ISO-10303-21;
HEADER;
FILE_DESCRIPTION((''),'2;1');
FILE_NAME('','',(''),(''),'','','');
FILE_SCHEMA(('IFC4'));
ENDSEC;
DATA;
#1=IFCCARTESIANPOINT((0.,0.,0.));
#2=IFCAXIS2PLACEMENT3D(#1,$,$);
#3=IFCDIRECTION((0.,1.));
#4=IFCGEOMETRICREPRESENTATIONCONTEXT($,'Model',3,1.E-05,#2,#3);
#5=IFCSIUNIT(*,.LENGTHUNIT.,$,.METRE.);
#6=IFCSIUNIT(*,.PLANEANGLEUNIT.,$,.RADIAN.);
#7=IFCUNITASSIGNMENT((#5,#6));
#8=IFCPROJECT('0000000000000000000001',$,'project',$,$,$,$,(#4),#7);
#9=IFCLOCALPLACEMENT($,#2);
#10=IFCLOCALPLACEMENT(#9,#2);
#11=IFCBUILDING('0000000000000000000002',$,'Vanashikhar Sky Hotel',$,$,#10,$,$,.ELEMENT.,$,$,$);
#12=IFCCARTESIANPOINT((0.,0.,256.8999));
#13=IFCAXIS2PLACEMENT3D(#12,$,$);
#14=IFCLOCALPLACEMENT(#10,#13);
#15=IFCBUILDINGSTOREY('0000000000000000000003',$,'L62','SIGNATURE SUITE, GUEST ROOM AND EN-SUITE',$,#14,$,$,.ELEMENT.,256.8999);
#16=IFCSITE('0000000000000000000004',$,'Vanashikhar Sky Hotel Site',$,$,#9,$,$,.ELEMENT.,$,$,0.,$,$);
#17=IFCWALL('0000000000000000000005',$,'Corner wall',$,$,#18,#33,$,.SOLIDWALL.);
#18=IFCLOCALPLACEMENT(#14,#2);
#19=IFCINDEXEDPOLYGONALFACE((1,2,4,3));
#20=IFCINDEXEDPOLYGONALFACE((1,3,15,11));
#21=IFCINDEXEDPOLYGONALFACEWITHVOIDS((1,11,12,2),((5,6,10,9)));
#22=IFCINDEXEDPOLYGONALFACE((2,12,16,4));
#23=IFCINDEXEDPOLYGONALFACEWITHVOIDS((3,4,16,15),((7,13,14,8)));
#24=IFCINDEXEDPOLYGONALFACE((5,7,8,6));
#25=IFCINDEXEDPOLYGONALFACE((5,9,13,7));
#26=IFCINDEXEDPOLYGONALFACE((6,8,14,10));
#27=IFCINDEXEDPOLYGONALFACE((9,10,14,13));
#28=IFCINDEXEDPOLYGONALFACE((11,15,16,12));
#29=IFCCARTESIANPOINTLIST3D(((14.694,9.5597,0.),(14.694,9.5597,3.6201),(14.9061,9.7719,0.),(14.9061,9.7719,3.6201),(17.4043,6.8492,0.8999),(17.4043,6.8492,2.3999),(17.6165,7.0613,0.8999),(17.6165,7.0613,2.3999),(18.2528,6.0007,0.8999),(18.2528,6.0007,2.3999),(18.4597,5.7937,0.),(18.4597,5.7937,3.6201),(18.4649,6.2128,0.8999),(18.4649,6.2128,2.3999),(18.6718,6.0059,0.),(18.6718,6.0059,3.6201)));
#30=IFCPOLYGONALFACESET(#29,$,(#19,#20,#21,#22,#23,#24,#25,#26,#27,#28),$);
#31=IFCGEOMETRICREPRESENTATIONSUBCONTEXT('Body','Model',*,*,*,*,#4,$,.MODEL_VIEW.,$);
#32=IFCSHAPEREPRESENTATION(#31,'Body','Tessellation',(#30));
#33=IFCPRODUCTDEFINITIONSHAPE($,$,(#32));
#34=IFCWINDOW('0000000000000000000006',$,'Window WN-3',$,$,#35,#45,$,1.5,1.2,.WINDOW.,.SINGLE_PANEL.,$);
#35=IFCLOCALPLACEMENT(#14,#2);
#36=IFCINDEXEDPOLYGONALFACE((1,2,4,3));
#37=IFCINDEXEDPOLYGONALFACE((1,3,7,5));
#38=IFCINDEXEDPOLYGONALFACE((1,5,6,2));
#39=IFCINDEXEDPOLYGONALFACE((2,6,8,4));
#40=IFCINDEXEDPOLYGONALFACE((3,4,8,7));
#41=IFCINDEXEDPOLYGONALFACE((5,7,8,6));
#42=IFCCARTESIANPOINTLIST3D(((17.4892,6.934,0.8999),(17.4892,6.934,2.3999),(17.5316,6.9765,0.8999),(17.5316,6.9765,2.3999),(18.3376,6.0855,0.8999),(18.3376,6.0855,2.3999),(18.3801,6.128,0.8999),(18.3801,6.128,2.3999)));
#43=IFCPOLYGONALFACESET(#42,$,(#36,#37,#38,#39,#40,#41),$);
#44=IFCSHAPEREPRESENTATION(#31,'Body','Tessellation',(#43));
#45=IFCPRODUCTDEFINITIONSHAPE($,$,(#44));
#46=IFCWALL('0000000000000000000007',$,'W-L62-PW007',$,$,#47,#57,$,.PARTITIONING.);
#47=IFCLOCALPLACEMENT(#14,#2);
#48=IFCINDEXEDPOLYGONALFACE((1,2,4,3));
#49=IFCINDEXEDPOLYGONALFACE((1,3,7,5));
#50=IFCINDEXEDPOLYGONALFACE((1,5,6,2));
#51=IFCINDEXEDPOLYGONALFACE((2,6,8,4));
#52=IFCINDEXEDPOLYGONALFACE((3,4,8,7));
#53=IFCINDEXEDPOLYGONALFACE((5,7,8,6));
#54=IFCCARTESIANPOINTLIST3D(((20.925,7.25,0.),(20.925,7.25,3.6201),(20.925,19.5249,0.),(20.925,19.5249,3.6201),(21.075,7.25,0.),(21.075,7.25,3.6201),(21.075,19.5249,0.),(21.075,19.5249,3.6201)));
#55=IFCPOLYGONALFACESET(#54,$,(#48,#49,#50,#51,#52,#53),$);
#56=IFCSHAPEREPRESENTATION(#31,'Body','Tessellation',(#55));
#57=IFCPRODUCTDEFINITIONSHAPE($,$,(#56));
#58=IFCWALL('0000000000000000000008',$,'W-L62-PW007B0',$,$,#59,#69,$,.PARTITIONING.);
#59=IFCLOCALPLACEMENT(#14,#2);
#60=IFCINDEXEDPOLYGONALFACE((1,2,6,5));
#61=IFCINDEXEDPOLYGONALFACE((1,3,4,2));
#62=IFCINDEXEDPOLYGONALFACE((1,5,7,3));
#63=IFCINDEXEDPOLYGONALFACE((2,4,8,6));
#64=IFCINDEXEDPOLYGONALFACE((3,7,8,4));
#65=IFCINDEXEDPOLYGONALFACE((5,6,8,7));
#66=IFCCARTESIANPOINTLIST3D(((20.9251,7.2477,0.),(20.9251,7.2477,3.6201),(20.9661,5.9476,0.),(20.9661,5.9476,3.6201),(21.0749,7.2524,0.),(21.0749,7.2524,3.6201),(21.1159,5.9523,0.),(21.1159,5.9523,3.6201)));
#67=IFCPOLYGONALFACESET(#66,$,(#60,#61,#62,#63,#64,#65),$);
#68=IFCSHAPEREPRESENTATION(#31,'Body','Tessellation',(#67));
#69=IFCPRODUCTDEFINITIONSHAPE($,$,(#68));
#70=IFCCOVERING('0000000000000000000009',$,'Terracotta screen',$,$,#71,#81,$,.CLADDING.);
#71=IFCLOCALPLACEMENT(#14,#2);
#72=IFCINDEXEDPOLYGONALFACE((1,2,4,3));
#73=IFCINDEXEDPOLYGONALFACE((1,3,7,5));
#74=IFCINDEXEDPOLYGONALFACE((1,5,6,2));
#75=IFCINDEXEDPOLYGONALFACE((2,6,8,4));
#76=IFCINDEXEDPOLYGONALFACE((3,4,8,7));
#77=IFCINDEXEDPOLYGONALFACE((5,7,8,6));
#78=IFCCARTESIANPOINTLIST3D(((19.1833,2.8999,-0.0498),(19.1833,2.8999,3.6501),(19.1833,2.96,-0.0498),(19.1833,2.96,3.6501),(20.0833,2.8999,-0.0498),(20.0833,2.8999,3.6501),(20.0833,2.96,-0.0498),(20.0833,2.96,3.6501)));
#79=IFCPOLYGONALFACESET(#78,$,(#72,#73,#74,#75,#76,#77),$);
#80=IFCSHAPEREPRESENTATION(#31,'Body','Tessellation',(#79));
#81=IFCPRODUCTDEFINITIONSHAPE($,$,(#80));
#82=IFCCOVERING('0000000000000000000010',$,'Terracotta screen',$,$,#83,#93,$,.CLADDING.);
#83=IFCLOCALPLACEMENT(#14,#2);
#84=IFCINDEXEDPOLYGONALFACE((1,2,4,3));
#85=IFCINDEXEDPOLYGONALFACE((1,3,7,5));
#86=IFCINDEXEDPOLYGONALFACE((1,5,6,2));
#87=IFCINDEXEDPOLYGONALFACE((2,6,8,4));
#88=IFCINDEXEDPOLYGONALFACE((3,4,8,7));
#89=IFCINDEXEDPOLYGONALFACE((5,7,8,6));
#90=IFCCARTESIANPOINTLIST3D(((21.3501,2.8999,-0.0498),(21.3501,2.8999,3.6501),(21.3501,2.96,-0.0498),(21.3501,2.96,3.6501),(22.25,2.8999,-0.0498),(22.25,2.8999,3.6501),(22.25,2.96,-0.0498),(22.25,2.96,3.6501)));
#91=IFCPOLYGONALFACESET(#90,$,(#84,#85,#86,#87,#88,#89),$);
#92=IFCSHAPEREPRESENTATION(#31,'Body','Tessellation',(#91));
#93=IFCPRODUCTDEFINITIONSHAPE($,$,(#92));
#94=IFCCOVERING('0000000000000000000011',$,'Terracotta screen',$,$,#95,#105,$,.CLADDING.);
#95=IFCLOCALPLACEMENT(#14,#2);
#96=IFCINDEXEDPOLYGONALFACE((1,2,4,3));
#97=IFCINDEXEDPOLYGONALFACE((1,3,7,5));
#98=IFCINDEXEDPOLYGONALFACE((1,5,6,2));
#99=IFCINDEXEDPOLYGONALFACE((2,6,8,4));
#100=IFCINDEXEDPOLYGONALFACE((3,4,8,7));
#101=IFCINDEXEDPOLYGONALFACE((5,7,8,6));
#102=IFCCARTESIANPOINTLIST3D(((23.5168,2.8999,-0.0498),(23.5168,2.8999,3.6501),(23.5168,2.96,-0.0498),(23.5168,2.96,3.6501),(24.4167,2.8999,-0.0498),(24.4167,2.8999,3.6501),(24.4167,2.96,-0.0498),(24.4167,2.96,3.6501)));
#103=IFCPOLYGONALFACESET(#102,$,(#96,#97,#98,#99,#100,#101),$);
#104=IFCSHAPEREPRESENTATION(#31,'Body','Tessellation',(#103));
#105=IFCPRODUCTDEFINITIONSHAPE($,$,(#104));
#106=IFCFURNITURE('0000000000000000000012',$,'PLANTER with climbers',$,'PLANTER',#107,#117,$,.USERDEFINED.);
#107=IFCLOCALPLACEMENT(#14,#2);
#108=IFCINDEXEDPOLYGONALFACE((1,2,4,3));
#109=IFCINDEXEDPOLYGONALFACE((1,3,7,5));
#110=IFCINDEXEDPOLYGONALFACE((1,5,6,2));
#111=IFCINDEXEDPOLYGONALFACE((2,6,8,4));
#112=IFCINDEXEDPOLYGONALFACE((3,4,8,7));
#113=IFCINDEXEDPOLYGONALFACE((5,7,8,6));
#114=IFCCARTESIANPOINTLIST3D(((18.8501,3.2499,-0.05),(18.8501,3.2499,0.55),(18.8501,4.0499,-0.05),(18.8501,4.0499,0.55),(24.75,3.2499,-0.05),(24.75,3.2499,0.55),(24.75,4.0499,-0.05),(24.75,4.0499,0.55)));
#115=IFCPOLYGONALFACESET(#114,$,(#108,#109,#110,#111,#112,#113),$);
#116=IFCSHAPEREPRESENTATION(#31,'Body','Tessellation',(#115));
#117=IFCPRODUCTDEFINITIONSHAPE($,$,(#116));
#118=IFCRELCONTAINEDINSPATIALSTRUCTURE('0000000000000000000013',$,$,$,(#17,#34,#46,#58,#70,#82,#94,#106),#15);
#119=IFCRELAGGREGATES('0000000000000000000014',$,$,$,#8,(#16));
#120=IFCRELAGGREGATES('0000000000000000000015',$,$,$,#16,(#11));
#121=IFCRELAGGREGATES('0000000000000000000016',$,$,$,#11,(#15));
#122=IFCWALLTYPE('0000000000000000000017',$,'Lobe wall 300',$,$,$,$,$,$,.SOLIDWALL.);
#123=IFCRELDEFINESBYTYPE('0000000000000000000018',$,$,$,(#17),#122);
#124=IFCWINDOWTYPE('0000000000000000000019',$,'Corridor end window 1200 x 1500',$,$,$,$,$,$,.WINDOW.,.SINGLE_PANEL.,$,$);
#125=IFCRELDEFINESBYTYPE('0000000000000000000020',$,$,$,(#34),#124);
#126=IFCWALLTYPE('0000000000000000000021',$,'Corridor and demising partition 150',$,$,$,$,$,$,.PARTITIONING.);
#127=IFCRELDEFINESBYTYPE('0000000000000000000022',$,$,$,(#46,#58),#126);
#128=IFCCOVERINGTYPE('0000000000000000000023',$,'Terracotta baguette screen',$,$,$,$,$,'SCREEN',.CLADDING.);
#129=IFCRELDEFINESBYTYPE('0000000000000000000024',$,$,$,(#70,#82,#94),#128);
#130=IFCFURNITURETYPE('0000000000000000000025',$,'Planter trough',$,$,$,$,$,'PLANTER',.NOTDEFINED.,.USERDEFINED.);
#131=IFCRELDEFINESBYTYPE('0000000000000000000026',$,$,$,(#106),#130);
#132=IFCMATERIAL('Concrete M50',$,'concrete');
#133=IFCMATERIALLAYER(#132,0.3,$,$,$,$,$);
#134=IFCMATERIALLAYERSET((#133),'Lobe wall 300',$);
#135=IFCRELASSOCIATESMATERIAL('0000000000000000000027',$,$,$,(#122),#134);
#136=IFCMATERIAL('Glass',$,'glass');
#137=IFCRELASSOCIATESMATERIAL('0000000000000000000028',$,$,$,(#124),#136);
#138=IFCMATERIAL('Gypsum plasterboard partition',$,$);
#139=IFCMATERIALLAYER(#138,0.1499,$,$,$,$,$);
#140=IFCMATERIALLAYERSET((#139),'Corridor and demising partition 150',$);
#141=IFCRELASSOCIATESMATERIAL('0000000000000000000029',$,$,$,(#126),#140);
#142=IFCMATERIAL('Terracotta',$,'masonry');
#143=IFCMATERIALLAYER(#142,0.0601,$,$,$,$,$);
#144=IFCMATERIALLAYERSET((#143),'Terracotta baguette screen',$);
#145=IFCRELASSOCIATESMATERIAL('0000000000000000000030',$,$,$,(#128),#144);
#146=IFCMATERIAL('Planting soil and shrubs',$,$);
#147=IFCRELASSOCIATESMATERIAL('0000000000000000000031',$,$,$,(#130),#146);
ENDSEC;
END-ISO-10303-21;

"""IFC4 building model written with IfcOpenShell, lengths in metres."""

from ifc_helpers import new_model, si_unit, direction, frame, frame_2d, origin, origin_2d, place, context, subcontext, project, spatial, rectangle, extrude, source, transform, mapped, material, layer, layer_set, type_object, element, fill, save


model = new_model("IFC4")

# Units and contexts
model_context = context("Model", 3, precision=1e-05, world=origin(), true_north=direction((0.0, 1.0)))
body_context = subcontext(model_context, "Body", "Model", "MODEL_VIEW")
ifc_project = project(units=[si_unit("LENGTHUNIT", "METRE"), si_unit("PLANEANGLEUNIT", "RADIAN")], contexts=[model_context])

# Site, building, storey
site_placement = place(None, origin())
site = spatial("IfcSite", under=ifc_project, at=site_placement, Name="Vanashikhar Sky Hotel Site", CompositionType="ELEMENT", RefElevation=0.0)
building_placement = place(site_placement, origin())
building = spatial("IfcBuilding", under=site, at=building_placement, Name="Vanashikhar Sky Hotel", CompositionType="ELEMENT")
storey_placement = place(building_placement, frame((0.0, 0.0, 256.8999)))
storey = spatial("IfcBuildingStorey", under=building, at=storey_placement, Name="L62", Description="SIGNATURE SUITE, GUEST ROOM AND EN-SUITE", CompositionType="ELEMENT", Elevation=256.8999)

# Shared definitions
ifc_material_1 = material(Name="Concrete M50", Category="concrete")

# Shared definitions
ifc_material_2 = material(Name="Glass", Category="glass")

# Wall, opening, window
ifc_layer_1 = layer(ifc_material_1, 0.3)
ifc_layer_set_1 = layer_set([ifc_layer_1], Name="Lobe wall 300")
wall_type_1 = type_object("IfcWallType", Name="Lobe wall 300", PredefinedType="SOLIDWALL", material=ifc_layer_set_1)
shared_shape_1 = source(origin(), body_context, "Body", "SweptSolid", [
    extrude(rectangle(XDim=5.3257, YDim=0.3, at=frame_2d((2.6628, 0.0))), origin(), (0.0, 0.0, 1.0), 3.6201),
])
wall_1_placement = place(storey_placement, frame((14.8, 9.6658, 0.0), z_axis=(0.0, 0.0, 1.0), x_axis=(0.707084, -0.70713, 0.0)))
wall_1 = element("IfcWall", 1, at=wall_1_placement, inside=storey, type_object=wall_type_1, Name="Corner wall", PredefinedType="SOLIDWALL", context=body_context, shape_type="MappedRepresentation", body=[
    mapped(shared_shape_1, transform((0.0, 0.0, 0.0), scale=1.0)),
])
shared_shape_2 = source(origin(), body_context, "Body", "SweptSolid", [
    extrude(rectangle(XDim=1.2, YDim=1.5, at=frame_2d((0.6001, 0.75))), frame((0.0, 0.1602, 0.0), z_axis=(0.0, -1.0, 0.0), x_axis=(1.0, 0.0, 0.0)), (0.0, 0.0, 1.0), 0.3201),
])
opening_1_placement = place(wall_1_placement, frame((3.833, 0.0, 0.8999)))
opening_1 = element("IfcOpeningElement", 2, at=opening_1_placement, cuts=wall_1, PredefinedType="OPENING", context=body_context, shape_type="MappedRepresentation", body=[
    mapped(shared_shape_2, transform((0.0, 0.0, 0.0), scale=1.0)),
])
window_type_1 = type_object("IfcWindowType", Name="Corridor end window 1200 x 1500", PartitioningType="SINGLE_PANEL", PredefinedType="WINDOW", material=ifc_material_2)
shared_shape_3 = source(origin(), body_context, "Body", "SweptSolid", [
    extrude(rectangle(XDim=1.2, YDim=1.5, at=frame_2d((0.6001, 0.75))), frame((0.0, 0.03, 0.0), z_axis=(0.0, -1.0, 0.0), x_axis=(1.0, 0.0, 0.0)), (0.0, 0.0, 1.0), 0.0601),
])
window_1_placement = place(opening_1_placement, origin())
window_1 = element("IfcWindow", 3, at=window_1_placement, inside=storey, type_object=window_type_1, Name="Window WN-3", OverallHeight=1.5, OverallWidth=1.2, PartitioningType="SINGLE_PANEL", PredefinedType="WINDOW", context=body_context, shape_type="MappedRepresentation", body=[
    mapped(shared_shape_3, transform((0.0, 0.0, 0.0), scale=1.0)),
])
fill(opening_1, window_1)

# Walls
ifc_material_3 = material(Name="Gypsum plasterboard partition")
ifc_layer_2 = layer(ifc_material_3, 0.1499)
ifc_layer_set_2 = layer_set([ifc_layer_2], Name="Corridor and demising partition 150")
wall_type_2 = type_object("IfcWallType", Name="Corridor and demising partition 150", PredefinedType="PARTITIONING", material=ifc_layer_set_2)
shared_shape_4 = source(origin(), body_context, "Body", "SweptSolid", [
    extrude(rectangle(XDim=12.2749, YDim=0.1499, at=frame_2d((6.1375, 0.0))), origin(), (0.0, 0.0, 1.0), 3.6201),
])
wall_2_placement = place(storey_placement, frame((21.0, 7.25, 0.0), z_axis=(0.0, 0.0, 1.0), x_axis=(0.0, 1.0, 0.0)))
element("IfcWall", 4, at=wall_2_placement, inside=storey, type_object=wall_type_2, Name="W-L62-PW007", PredefinedType="PARTITIONING", context=body_context, shape_type="MappedRepresentation", body=[
    mapped(shared_shape_4, transform((0.0, 0.0, 0.0), scale=1.0)),
])
shared_shape_5 = source(origin(), body_context, "Body", "SweptSolid", [
    extrude(rectangle(XDim=1.3008, YDim=0.1499, at=frame_2d((0.6504, 0.0))), origin(), (0.0, 0.0, 1.0), 3.6201),
])
wall_3_placement = place(storey_placement, frame((21.041, 5.95, 0.0), z_axis=(0.0, 0.0, 1.0), x_axis=(-0.031534, 0.999503, 0.0)))
element("IfcWall", 5, at=wall_3_placement, inside=storey, type_object=wall_type_2, Name="W-L62-PW007B0", PredefinedType="PARTITIONING", context=body_context, shape_type="MappedRepresentation", body=[
    mapped(shared_shape_5, transform((0.0, 0.0, 0.0), scale=1.0)),
])

# Coverings
ifc_material_4 = material(Name="Terracotta", Category="masonry")
ifc_layer_3 = layer(ifc_material_4, 0.0601)
ifc_layer_set_3 = layer_set([ifc_layer_3], Name="Terracotta baguette screen")
covering_type = type_object("IfcCoveringType", Name="Terracotta baguette screen", ElementType="SCREEN", PredefinedType="CLADDING", material=ifc_layer_set_3)
shared_shape_6 = source(origin(), body_context, "Body", "SweptSolid", [
    extrude(rectangle(XDim=0.8999, YDim=0.0601, at=origin_2d()), origin(), (0.0, 0.0, 1.0), 3.7),
])
for number, where, z_axis, x_axis, name in (
    (6, (19.6333, 2.9299, -0.0498), (0.0, 0.0, 1.0), (1.0, 0.0, 0.0), "Terracotta screen"),
    (7, (21.8, 2.9299, -0.0498), (0.0, 0.0, 1.0), (1.0, 0.0, 0.0), "Terracotta screen"),
    (8, (23.9668, 2.9299, -0.0498), (0.0, 0.0, 1.0), (1.0, 0.0, 0.0), "Terracotta screen"),
):
    element("IfcCovering", number, at=place(storey_placement, frame(where, z_axis=z_axis, x_axis=x_axis)), inside=storey, type_object=covering_type, Name=name, PredefinedType="CLADDING", context=body_context, shape_type="MappedRepresentation", body=[
        mapped(shared_shape_6, transform((0.0, 0.0, 0.0), scale=1.0)),
    ])

# Furniture
ifc_material_5 = material(Name="Planting soil and shrubs")
furniture_type = type_object("IfcFurnitureType", Name="Planter trough", ElementType="PLANTER", AssemblyPlace="NOTDEFINED", PredefinedType="USERDEFINED", material=ifc_material_5)
shared_shape_7 = source(origin(), body_context, "Body", "SweptSolid", [
    extrude(rectangle(XDim=5.8999, YDim=0.8, at=origin_2d()), origin(), (0.0, 0.0, 1.0), 0.6001),
])
furniture_placement = place(storey_placement, frame((21.8, 3.6499, -0.05), z_axis=(0.0, 0.0, 1.0), x_axis=(1.0, 0.0, 0.0)))
element("IfcFurniture", 9, at=furniture_placement, inside=storey, type_object=furniture_type, Name="PLANTER with climbers", ObjectType="PLANTER", PredefinedType="USERDEFINED", context=body_context, shape_type="MappedRepresentation", body=[
    mapped(shared_shape_7, transform((0.0, 0.0, 0.0), scale=1.0)),
])

save(model, "model.ifc")
